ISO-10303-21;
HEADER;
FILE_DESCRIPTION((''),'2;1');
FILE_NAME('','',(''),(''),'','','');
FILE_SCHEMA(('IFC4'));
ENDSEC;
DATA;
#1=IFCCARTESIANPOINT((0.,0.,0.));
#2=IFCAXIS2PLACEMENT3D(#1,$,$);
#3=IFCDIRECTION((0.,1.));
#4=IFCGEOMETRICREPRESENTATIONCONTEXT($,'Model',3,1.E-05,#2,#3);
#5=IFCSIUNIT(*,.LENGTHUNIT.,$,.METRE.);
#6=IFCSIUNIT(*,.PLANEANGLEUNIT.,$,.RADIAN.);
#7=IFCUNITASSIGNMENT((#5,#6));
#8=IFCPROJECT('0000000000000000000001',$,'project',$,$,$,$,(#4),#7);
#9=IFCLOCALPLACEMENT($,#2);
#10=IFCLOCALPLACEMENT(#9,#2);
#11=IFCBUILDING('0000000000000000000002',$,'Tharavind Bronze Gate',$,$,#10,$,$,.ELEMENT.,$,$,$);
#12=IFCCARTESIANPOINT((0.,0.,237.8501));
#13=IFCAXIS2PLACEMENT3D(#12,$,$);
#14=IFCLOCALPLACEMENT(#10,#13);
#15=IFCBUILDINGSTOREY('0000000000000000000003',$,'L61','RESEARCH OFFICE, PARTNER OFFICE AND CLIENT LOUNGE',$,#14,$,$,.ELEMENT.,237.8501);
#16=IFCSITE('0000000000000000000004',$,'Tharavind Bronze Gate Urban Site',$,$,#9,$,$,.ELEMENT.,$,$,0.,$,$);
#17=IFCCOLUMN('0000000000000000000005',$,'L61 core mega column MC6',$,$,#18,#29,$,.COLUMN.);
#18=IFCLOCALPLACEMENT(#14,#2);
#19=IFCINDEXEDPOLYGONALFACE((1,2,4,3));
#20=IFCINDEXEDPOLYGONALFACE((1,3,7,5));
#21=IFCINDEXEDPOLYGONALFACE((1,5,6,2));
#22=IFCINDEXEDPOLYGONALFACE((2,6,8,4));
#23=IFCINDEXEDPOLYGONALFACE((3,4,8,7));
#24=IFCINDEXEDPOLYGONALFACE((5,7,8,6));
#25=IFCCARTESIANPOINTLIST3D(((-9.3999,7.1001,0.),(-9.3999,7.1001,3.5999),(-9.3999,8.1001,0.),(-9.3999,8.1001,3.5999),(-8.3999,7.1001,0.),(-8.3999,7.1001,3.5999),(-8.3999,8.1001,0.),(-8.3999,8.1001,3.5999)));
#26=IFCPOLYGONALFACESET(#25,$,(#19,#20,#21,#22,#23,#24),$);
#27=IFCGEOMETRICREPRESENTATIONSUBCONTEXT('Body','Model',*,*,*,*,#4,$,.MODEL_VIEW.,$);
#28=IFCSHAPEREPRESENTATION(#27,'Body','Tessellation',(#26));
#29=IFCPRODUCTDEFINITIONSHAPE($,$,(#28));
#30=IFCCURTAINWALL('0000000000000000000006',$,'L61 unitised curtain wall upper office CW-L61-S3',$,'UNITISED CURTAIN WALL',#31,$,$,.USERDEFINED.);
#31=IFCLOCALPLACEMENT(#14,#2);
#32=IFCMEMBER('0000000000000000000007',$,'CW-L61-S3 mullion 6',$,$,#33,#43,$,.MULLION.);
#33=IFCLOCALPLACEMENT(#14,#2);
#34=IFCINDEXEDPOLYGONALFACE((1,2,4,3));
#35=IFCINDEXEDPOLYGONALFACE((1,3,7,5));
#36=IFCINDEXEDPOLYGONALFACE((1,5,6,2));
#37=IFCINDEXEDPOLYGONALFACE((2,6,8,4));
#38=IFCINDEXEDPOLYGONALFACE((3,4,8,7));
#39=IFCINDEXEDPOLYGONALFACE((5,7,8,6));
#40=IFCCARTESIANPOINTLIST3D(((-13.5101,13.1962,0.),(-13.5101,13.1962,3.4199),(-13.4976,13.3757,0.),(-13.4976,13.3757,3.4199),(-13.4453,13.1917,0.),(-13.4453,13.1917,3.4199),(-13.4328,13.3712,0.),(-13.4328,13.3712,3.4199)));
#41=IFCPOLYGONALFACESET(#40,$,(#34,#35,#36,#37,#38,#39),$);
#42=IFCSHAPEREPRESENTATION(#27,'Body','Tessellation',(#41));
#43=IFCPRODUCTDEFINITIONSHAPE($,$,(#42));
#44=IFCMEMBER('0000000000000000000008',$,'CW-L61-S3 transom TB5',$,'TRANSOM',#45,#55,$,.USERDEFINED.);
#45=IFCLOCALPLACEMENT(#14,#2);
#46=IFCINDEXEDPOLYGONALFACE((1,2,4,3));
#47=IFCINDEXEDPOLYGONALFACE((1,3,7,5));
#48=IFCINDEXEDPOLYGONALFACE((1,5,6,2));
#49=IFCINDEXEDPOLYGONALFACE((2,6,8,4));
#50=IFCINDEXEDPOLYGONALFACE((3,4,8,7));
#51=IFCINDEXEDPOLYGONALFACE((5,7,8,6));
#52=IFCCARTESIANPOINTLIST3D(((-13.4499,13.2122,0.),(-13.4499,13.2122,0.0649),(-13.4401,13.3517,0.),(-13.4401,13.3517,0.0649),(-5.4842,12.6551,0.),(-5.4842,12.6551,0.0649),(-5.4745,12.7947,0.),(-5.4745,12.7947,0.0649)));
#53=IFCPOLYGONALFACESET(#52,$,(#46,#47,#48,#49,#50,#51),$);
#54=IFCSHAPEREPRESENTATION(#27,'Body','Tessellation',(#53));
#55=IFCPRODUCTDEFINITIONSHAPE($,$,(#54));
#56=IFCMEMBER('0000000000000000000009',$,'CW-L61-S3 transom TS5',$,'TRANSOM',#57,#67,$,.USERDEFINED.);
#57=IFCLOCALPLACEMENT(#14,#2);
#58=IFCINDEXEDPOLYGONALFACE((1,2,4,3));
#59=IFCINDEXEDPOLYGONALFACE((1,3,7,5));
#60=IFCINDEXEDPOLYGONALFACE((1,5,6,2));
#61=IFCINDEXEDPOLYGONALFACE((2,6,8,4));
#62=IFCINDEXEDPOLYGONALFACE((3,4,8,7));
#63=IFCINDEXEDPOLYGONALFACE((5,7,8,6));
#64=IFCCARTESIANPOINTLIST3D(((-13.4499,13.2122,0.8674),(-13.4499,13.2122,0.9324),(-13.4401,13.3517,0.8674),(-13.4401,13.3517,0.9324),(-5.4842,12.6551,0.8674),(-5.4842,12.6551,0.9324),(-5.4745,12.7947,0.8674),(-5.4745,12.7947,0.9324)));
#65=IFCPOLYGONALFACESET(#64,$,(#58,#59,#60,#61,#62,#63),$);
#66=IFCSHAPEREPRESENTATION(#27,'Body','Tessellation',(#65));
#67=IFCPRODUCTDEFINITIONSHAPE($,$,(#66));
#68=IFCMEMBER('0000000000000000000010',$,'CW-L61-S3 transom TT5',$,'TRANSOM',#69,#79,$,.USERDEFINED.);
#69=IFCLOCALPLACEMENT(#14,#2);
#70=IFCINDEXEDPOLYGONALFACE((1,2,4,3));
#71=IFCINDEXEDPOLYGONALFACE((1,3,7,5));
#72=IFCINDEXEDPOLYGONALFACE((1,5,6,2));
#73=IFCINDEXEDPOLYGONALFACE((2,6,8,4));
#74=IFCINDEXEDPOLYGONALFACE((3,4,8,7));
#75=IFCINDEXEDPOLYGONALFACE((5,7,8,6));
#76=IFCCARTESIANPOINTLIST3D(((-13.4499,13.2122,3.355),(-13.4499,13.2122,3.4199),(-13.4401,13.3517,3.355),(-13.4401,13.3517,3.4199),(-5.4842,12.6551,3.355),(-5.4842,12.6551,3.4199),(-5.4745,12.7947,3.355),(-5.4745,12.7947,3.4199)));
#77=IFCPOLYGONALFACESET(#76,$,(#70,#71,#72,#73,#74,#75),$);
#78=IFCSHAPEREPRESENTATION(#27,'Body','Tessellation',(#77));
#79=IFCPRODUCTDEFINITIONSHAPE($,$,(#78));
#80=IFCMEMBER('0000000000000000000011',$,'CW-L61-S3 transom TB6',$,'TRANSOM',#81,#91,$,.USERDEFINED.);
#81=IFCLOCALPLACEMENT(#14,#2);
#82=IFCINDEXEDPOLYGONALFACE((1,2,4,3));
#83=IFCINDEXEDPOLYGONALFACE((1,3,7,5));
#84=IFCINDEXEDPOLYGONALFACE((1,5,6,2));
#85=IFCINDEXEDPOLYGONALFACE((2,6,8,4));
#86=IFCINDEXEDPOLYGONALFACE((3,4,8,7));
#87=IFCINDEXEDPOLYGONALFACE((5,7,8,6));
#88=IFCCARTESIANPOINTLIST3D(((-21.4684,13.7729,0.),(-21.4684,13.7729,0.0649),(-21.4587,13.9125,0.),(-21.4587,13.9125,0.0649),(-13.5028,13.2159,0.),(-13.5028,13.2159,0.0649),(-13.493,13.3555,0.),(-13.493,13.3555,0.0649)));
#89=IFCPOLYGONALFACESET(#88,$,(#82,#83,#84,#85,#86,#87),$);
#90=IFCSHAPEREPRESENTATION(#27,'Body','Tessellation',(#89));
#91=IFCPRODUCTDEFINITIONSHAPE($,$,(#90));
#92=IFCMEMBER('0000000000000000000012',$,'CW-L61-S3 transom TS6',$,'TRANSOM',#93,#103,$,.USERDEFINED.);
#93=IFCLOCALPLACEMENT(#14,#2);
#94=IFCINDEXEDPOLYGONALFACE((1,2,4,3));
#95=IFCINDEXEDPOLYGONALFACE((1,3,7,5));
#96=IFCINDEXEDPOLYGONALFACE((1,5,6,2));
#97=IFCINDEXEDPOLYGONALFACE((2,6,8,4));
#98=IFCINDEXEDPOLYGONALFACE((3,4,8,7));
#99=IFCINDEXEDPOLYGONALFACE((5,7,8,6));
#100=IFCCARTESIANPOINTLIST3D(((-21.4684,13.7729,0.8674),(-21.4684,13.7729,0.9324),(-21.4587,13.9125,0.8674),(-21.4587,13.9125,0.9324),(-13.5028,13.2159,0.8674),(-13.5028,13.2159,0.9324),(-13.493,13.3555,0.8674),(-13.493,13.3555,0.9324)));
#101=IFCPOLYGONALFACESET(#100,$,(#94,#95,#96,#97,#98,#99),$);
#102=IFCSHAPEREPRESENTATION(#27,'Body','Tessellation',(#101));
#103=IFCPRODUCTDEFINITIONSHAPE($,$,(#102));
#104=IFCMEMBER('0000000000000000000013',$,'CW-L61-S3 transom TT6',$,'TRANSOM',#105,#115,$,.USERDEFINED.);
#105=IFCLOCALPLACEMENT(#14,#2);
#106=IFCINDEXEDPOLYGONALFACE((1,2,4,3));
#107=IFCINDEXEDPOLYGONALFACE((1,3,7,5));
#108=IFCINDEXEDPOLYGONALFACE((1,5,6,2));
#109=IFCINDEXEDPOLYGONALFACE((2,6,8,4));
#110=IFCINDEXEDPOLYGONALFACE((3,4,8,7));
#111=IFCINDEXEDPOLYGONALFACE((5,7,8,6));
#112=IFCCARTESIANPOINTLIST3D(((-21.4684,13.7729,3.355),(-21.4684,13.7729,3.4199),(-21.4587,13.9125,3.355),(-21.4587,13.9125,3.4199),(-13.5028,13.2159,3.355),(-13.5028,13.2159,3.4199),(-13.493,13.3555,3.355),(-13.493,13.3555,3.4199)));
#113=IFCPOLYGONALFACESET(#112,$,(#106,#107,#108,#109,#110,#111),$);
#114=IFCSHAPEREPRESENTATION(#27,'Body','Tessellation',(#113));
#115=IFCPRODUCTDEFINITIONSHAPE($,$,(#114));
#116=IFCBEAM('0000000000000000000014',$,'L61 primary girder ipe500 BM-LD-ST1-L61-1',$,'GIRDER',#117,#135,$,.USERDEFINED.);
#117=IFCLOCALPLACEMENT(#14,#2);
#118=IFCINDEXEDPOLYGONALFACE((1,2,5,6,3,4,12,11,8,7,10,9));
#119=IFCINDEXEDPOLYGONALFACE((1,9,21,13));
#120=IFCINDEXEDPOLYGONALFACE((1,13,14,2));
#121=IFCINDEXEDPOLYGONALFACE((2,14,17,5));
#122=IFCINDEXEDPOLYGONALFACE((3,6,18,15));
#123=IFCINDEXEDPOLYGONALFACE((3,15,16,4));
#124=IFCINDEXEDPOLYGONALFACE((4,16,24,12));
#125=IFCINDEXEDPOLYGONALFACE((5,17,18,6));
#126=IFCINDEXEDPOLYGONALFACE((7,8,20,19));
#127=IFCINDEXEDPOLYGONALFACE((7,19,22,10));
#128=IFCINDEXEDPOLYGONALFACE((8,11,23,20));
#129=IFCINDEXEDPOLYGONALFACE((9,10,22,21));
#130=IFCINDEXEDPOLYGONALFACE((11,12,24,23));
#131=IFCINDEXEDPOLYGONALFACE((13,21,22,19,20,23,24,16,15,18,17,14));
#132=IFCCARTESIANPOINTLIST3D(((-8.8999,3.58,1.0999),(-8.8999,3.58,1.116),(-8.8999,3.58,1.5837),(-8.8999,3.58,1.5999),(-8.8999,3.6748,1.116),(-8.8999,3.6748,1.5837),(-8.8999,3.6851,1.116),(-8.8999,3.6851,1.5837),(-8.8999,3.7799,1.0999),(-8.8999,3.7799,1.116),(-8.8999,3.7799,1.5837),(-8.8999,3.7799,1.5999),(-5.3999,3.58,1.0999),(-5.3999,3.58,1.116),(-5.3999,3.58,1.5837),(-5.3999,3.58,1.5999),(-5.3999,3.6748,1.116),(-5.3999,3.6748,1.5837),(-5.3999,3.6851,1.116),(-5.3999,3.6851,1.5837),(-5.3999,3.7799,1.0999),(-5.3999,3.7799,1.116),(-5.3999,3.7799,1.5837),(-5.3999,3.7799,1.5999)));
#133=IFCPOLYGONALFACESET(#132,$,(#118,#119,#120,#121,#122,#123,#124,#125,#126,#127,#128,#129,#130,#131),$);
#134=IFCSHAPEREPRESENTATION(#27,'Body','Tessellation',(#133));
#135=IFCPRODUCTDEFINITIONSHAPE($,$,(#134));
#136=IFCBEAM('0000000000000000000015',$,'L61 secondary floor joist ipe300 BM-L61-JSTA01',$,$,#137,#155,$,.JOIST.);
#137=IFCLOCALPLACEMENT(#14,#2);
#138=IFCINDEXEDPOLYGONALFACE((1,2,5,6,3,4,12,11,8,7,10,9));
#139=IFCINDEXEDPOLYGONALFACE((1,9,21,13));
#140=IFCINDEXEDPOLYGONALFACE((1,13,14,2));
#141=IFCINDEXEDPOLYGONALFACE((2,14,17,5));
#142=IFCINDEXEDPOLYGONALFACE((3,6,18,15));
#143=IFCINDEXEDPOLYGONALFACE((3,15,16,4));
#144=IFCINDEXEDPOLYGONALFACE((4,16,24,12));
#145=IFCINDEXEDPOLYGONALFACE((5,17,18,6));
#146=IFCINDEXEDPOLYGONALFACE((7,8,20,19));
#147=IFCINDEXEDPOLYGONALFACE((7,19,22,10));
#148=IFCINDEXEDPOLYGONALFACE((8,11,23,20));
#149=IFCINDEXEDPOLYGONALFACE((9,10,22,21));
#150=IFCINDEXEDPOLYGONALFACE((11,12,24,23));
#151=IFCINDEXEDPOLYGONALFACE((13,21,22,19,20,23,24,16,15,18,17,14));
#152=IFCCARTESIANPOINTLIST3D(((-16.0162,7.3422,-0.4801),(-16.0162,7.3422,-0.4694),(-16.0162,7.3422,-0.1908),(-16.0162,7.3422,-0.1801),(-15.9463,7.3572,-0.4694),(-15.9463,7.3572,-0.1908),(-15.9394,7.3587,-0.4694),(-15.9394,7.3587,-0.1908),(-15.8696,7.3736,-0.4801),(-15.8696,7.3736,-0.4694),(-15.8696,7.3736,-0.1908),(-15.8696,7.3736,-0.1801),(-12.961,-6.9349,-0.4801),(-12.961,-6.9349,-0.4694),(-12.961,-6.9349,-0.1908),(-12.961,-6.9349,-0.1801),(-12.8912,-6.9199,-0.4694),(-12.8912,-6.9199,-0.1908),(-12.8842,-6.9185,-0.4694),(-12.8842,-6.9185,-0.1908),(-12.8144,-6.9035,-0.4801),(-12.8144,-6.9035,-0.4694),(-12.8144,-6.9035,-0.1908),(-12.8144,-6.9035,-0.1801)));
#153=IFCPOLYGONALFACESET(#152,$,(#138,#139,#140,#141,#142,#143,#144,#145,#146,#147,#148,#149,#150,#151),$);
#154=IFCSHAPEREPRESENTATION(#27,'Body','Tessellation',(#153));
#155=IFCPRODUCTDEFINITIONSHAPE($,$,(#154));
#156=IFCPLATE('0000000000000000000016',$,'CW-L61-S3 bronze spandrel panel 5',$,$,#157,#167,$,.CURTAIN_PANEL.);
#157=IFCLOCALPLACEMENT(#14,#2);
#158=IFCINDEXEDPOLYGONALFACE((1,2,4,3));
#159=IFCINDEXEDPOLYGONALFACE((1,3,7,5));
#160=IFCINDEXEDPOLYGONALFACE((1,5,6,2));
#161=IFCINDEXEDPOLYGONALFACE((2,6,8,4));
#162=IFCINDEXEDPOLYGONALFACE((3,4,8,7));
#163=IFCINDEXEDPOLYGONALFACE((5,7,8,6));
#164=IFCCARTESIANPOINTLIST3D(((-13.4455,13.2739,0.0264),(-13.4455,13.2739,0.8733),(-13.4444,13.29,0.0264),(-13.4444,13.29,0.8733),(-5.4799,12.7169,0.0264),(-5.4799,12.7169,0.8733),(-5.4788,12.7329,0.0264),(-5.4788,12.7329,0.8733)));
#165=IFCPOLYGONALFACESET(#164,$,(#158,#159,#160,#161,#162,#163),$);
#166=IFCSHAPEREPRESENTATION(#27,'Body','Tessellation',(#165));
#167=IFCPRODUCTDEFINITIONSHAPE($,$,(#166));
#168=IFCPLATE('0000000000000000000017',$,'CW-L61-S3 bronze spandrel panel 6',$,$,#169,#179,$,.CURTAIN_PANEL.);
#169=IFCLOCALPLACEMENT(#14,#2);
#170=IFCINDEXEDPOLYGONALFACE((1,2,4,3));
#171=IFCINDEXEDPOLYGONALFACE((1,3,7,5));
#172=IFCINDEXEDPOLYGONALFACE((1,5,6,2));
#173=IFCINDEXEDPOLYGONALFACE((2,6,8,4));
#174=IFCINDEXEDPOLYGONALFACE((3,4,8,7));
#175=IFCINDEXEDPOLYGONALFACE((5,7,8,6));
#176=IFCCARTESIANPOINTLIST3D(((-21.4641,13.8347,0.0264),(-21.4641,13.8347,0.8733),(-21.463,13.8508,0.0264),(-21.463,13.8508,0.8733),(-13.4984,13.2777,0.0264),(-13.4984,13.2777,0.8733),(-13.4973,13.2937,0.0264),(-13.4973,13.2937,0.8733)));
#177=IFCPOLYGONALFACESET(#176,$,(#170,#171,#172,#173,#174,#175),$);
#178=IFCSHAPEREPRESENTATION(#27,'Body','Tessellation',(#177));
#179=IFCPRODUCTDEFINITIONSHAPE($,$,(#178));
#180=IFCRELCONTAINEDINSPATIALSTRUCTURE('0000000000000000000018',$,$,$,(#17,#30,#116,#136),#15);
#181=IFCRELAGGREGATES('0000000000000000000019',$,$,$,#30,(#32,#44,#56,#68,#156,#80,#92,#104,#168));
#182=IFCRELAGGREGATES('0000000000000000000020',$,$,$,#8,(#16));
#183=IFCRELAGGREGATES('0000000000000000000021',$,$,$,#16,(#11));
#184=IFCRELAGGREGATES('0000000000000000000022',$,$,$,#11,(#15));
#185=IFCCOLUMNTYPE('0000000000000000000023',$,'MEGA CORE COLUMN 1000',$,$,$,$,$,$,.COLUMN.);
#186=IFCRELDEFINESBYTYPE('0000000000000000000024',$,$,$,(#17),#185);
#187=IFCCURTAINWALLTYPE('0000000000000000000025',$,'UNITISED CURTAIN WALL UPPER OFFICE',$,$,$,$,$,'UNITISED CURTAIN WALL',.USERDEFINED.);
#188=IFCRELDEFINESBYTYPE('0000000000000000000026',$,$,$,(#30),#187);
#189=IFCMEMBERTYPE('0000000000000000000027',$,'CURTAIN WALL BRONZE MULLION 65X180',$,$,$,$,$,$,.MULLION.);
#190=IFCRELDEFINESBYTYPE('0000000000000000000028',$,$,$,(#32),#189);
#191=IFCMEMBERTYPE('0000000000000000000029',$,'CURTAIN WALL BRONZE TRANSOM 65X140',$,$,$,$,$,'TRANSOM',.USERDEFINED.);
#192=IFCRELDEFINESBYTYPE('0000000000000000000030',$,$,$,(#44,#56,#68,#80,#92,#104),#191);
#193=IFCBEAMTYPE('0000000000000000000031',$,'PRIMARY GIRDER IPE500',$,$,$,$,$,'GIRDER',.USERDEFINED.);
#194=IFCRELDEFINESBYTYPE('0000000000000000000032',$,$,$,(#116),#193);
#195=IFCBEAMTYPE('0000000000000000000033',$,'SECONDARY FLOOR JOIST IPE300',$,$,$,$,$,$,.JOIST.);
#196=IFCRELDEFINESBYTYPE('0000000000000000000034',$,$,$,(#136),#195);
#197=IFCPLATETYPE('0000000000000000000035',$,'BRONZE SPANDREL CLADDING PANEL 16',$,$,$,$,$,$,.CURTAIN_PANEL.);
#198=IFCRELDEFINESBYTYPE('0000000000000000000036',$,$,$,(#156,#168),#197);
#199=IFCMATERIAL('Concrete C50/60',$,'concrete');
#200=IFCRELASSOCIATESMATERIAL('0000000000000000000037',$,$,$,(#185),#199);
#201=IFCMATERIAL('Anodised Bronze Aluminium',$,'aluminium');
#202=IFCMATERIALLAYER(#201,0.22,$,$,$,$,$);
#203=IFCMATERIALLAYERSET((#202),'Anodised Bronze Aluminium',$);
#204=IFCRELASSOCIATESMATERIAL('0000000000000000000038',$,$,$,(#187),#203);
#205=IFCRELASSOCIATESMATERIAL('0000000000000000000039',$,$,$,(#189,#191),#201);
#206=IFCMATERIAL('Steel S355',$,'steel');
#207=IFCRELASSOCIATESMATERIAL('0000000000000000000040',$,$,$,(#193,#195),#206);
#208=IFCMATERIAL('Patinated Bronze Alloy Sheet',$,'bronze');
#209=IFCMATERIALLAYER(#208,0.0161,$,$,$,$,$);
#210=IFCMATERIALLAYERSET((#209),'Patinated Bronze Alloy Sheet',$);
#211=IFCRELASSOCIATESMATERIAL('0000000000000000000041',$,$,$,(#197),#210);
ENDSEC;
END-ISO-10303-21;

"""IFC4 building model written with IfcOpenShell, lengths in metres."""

from ifc_helpers import new_model, si_unit, direction, frame, origin, origin_2d, place, context, subcontext, project, spatial, rectangle, i_section, extrude, material, layer, layer_set, material_profile, profile_set, type_object, element, aggregate, save


model = new_model("IFC4")

# Units and contexts
model_context = context("Model", 3, precision=1e-05, world=origin(), true_north=direction((0.0, 1.0)))
body_context = subcontext(model_context, "Body", "Model", "MODEL_VIEW")
ifc_project = project(units=[si_unit("LENGTHUNIT", "METRE"), si_unit("PLANEANGLEUNIT", "RADIAN")], contexts=[model_context])

# Site, building, storey
site_placement = place(None, origin())
site = spatial("IfcSite", under=ifc_project, at=site_placement, Name="Tharavind Bronze Gate Urban Site", CompositionType="ELEMENT", RefElevation=0.0)
building_placement = place(site_placement, origin())
building = spatial("IfcBuilding", under=site, at=building_placement, Name="Tharavind Bronze Gate", CompositionType="ELEMENT")
storey_placement = place(building_placement, frame((0.0, 0.0, 237.8501)))
storey = spatial("IfcBuildingStorey", under=building, at=storey_placement, Name="L61", Description="RESEARCH OFFICE, PARTNER OFFICE AND CLIENT LOUNGE", CompositionType="ELEMENT", Elevation=237.8501)

# Column
ifc_material_1 = material(Name="Concrete C50/60", Category="concrete")
ifc_material_profile_1 = material_profile(ifc_material_1, rectangle(XDim=1.0, YDim=1.0, at=origin_2d()), Name="RCCOL1000")
ifc_profile_set_1 = profile_set([ifc_material_profile_1], Name="Concrete C50/60")
column_type = type_object("IfcColumnType", Name="MEGA CORE COLUMN 1000", PredefinedType="COLUMN", material=ifc_profile_set_1)
column_placement = place(storey_placement, frame((-8.8999, 7.6001, 0.0), z_axis=(0.0, 0.0, 1.0), x_axis=(1.0, 0.0, 0.0)))
element("IfcColumn", 1, at=column_placement, inside=storey, type_object=column_type, Name="L61 core mega column MC6", PredefinedType="COLUMN", context=body_context, shape_type="SweptSolid", body=[
    extrude(rectangle(XDim=1.0, YDim=1.0, at=origin_2d()), origin(), (0.0, 0.0, 1.0), 3.5999),
])

# Curtain wall, members
ifc_material_2 = material(Name="Anodised Bronze Aluminium", Category="aluminium")
ifc_layer_1 = layer(ifc_material_2, 0.22)
ifc_layer_set_1 = layer_set([ifc_layer_1], Name="Anodised Bronze Aluminium")
curtain_wall_type = type_object("IfcCurtainWallType", Name="UNITISED CURTAIN WALL UPPER OFFICE", ElementType="UNITISED CURTAIN WALL", PredefinedType="USERDEFINED", material=ifc_layer_set_1)
curtain_wall_placement = place(storey_placement, origin())
curtain_wall = element("IfcCurtainWall", 2, at=curtain_wall_placement, inside=storey, type_object=curtain_wall_type, Name="L61 unitised curtain wall upper office CW-L61-S3", ObjectType="UNITISED CURTAIN WALL", PredefinedType="USERDEFINED")
member_type_1 = type_object("IfcMemberType", Name="CURTAIN WALL BRONZE MULLION 65X180", PredefinedType="MULLION", material=ifc_material_2)
member_1_placement = place(storey_placement, frame((-13.4714, 13.2837, 0.0), z_axis=(0.0, 0.0, 1.0), x_axis=(-0.997564, 0.069758, 0.0)))
member_1 = element("IfcMember", 3, at=member_1_placement, type_object=member_type_1, Name="CW-L61-S3 mullion 6", PredefinedType="MULLION", context=body_context, shape_type="SweptSolid", body=[
    extrude(rectangle(XDim=0.0649, YDim=0.1799, at=origin_2d()), origin(), (0.0, 0.0, 1.0), 3.4199),
])
member_type_2 = type_object("IfcMemberType", Name="CURTAIN WALL BRONZE TRANSOM 65X140", ElementType="TRANSOM", PredefinedType="USERDEFINED", material=ifc_material_2)
member_2_placement = place(storey_placement, frame((-9.4622, 13.0034, 0.0), z_axis=(0.0, 0.0, 1.0), x_axis=(-0.997564, 0.069758, 0.0)))
member_2 = element("IfcMember", 4, at=member_2_placement, type_object=member_type_2, Name="CW-L61-S3 transom TB5", ObjectType="TRANSOM", PredefinedType="USERDEFINED", context=body_context, shape_type="SweptSolid", body=[
    extrude(rectangle(XDim=7.9851, YDim=0.1399, at=origin_2d()), origin(), (0.0, 0.0, 1.0), 0.0649),
])
member_3_placement = place(storey_placement, frame((-9.4622, 13.0034, 0.8674), z_axis=(0.0, 0.0, 1.0), x_axis=(-0.997564, 0.069758, 0.0)))
member_3 = element("IfcMember", 5, at=member_3_placement, type_object=member_type_2, Name="CW-L61-S3 transom TS5", ObjectType="TRANSOM", PredefinedType="USERDEFINED", context=body_context, shape_type="SweptSolid", body=[
    extrude(rectangle(XDim=7.9851, YDim=0.1399, at=origin_2d()), origin(), (0.0, 0.0, 1.0), 0.0649),
])
member_4_placement = place(storey_placement, frame((-9.4622, 13.0034, 3.355), z_axis=(0.0, 0.0, 1.0), x_axis=(-0.997564, 0.069758, 0.0)))
member_4 = element("IfcMember", 6, at=member_4_placement, type_object=member_type_2, Name="CW-L61-S3 transom TT5", ObjectType="TRANSOM", PredefinedType="USERDEFINED", context=body_context, shape_type="SweptSolid", body=[
    extrude(rectangle(XDim=7.9851, YDim=0.1399, at=origin_2d()), origin(), (0.0, 0.0, 1.0), 0.0649),
])
member_5_placement = place(storey_placement, frame((-17.4807, 13.5642, 0.0), z_axis=(0.0, 0.0, 1.0), x_axis=(-0.997564, 0.069758, 0.0)))
member_5 = element("IfcMember", 7, at=member_5_placement, type_object=member_type_2, Name="CW-L61-S3 transom TB6", ObjectType="TRANSOM", PredefinedType="USERDEFINED", context=body_context, shape_type="SweptSolid", body=[
    extrude(rectangle(XDim=7.9851, YDim=0.1399, at=origin_2d()), origin(), (0.0, 0.0, 1.0), 0.0649),
])
member_6_placement = place(storey_placement, frame((-17.4807, 13.5642, 0.8674), z_axis=(0.0, 0.0, 1.0), x_axis=(-0.997564, 0.069758, 0.0)))
member_6 = element("IfcMember", 8, at=member_6_placement, type_object=member_type_2, Name="CW-L61-S3 transom TS6", ObjectType="TRANSOM", PredefinedType="USERDEFINED", context=body_context, shape_type="SweptSolid", body=[
    extrude(rectangle(XDim=7.9851, YDim=0.1399, at=origin_2d()), origin(), (0.0, 0.0, 1.0), 0.0649),
])
member_7_placement = place(storey_placement, frame((-17.4807, 13.5642, 3.355), z_axis=(0.0, 0.0, 1.0), x_axis=(-0.997564, 0.069758, 0.0)))
member_7 = element("IfcMember", 9, at=member_7_placement, type_object=member_type_2, Name="CW-L61-S3 transom TT6", ObjectType="TRANSOM", PredefinedType="USERDEFINED", context=body_context, shape_type="SweptSolid", body=[
    extrude(rectangle(XDim=7.9851, YDim=0.1399, at=origin_2d()), origin(), (0.0, 0.0, 1.0), 0.0649),
])

# Beams
ifc_material_3 = material(Name="Steel S355", Category="steel")
ifc_material_profile_2 = material_profile(ifc_material_3, i_section(OverallWidth=0.2, OverallDepth=0.5, WebThickness=0.0103, FlangeThickness=0.0161, at=origin_2d()), Name="IPE500")
ifc_profile_set_2 = profile_set([ifc_material_profile_2], Name="Steel S355")
beam_type_1 = type_object("IfcBeamType", Name="PRIMARY GIRDER IPE500", ElementType="GIRDER", PredefinedType="USERDEFINED", material=ifc_profile_set_2)
beam_1_placement = place(storey_placement, frame((-8.8999, 3.6799, 1.3499), z_axis=(1.0, 0.0, 0.0), x_axis=(0.0, 1.0, 0.0)))
element("IfcBeam", 10, at=beam_1_placement, inside=storey, type_object=beam_type_1, Name="L61 primary girder ipe500 BM-LD-ST1-L61-1", ObjectType="GIRDER", PredefinedType="USERDEFINED", context=body_context, shape_type="SweptSolid", body=[
    extrude(i_section(OverallWidth=0.2, OverallDepth=0.5, WebThickness=0.0103, FlangeThickness=0.0161, at=origin_2d()), origin(), (0.0, 0.0, 1.0), 3.5),
])
ifc_material_profile_3 = material_profile(ifc_material_3, i_section(OverallWidth=0.1499, OverallDepth=0.3, WebThickness=0.0071, FlangeThickness=0.0107, at=origin_2d()), Name="IPE300")
ifc_profile_set_3 = profile_set([ifc_material_profile_3], Name="Steel S355")
beam_type_2 = type_object("IfcBeamType", Name="SECONDARY FLOOR JOIST IPE300", PredefinedType="JOIST", material=ifc_profile_set_3)
beam_2_placement = place(storey_placement, frame((-15.9429, 7.3579, -0.3301), z_axis=(0.209254, -0.977861, 0.0), x_axis=(0.977861, 0.209254, 0.0)))
element("IfcBeam", 11, at=beam_2_placement, inside=storey, type_object=beam_type_2, Name="L61 secondary floor joist ipe300 BM-L61-JSTA01", PredefinedType="JOIST", context=body_context, shape_type="SweptSolid", body=[
    extrude(i_section(OverallWidth=0.1499, OverallDepth=0.3, WebThickness=0.0071, FlangeThickness=0.0107, at=origin_2d()), origin(), (0.0, 0.0, 1.0), 14.6003),
])

# Plates
ifc_material_4 = material(Name="Patinated Bronze Alloy Sheet", Category="bronze")
ifc_layer_2 = layer(ifc_material_4, 0.0161)
ifc_layer_set_2 = layer_set([ifc_layer_2], Name="Patinated Bronze Alloy Sheet")
plate_type_1 = type_object("IfcPlateType", Name="BRONZE SPANDREL CLADDING PANEL 16", PredefinedType="CURTAIN_PANEL", material=ifc_layer_set_2)
plate_1_placement = place(storey_placement, frame((-9.4622, 13.0034, 0.0264), z_axis=(0.0, 0.0, 1.0), x_axis=(-0.997564, 0.069758, 0.0)))
plate_1 = element("IfcPlate", 12, at=plate_1_placement, type_object=plate_type_1, Name="CW-L61-S3 bronze spandrel panel 5", PredefinedType="CURTAIN_PANEL", context=body_context, shape_type="SweptSolid", body=[
    extrude(rectangle(XDim=7.9851, YDim=0.0161, at=origin_2d()), origin(), (0.0, 0.0, 1.0), 0.8469),
])
plate_2_placement = place(storey_placement, frame((-17.4807, 13.5642, 0.0264), z_axis=(0.0, 0.0, 1.0), x_axis=(-0.997564, 0.069758, 0.0)))
plate_2 = element("IfcPlate", 13, at=plate_2_placement, type_object=plate_type_1, Name="CW-L61-S3 bronze spandrel panel 6", PredefinedType="CURTAIN_PANEL", context=body_context, shape_type="SweptSolid", body=[
    extrude(rectangle(XDim=7.9851, YDim=0.0161, at=origin_2d()), origin(), (0.0, 0.0, 1.0), 0.8469),
])
aggregate(curtain_wall, [member_1, member_2, member_3, member_4, plate_1, member_5, member_6, member_7, plate_2])

save(model, "model.ifc")
